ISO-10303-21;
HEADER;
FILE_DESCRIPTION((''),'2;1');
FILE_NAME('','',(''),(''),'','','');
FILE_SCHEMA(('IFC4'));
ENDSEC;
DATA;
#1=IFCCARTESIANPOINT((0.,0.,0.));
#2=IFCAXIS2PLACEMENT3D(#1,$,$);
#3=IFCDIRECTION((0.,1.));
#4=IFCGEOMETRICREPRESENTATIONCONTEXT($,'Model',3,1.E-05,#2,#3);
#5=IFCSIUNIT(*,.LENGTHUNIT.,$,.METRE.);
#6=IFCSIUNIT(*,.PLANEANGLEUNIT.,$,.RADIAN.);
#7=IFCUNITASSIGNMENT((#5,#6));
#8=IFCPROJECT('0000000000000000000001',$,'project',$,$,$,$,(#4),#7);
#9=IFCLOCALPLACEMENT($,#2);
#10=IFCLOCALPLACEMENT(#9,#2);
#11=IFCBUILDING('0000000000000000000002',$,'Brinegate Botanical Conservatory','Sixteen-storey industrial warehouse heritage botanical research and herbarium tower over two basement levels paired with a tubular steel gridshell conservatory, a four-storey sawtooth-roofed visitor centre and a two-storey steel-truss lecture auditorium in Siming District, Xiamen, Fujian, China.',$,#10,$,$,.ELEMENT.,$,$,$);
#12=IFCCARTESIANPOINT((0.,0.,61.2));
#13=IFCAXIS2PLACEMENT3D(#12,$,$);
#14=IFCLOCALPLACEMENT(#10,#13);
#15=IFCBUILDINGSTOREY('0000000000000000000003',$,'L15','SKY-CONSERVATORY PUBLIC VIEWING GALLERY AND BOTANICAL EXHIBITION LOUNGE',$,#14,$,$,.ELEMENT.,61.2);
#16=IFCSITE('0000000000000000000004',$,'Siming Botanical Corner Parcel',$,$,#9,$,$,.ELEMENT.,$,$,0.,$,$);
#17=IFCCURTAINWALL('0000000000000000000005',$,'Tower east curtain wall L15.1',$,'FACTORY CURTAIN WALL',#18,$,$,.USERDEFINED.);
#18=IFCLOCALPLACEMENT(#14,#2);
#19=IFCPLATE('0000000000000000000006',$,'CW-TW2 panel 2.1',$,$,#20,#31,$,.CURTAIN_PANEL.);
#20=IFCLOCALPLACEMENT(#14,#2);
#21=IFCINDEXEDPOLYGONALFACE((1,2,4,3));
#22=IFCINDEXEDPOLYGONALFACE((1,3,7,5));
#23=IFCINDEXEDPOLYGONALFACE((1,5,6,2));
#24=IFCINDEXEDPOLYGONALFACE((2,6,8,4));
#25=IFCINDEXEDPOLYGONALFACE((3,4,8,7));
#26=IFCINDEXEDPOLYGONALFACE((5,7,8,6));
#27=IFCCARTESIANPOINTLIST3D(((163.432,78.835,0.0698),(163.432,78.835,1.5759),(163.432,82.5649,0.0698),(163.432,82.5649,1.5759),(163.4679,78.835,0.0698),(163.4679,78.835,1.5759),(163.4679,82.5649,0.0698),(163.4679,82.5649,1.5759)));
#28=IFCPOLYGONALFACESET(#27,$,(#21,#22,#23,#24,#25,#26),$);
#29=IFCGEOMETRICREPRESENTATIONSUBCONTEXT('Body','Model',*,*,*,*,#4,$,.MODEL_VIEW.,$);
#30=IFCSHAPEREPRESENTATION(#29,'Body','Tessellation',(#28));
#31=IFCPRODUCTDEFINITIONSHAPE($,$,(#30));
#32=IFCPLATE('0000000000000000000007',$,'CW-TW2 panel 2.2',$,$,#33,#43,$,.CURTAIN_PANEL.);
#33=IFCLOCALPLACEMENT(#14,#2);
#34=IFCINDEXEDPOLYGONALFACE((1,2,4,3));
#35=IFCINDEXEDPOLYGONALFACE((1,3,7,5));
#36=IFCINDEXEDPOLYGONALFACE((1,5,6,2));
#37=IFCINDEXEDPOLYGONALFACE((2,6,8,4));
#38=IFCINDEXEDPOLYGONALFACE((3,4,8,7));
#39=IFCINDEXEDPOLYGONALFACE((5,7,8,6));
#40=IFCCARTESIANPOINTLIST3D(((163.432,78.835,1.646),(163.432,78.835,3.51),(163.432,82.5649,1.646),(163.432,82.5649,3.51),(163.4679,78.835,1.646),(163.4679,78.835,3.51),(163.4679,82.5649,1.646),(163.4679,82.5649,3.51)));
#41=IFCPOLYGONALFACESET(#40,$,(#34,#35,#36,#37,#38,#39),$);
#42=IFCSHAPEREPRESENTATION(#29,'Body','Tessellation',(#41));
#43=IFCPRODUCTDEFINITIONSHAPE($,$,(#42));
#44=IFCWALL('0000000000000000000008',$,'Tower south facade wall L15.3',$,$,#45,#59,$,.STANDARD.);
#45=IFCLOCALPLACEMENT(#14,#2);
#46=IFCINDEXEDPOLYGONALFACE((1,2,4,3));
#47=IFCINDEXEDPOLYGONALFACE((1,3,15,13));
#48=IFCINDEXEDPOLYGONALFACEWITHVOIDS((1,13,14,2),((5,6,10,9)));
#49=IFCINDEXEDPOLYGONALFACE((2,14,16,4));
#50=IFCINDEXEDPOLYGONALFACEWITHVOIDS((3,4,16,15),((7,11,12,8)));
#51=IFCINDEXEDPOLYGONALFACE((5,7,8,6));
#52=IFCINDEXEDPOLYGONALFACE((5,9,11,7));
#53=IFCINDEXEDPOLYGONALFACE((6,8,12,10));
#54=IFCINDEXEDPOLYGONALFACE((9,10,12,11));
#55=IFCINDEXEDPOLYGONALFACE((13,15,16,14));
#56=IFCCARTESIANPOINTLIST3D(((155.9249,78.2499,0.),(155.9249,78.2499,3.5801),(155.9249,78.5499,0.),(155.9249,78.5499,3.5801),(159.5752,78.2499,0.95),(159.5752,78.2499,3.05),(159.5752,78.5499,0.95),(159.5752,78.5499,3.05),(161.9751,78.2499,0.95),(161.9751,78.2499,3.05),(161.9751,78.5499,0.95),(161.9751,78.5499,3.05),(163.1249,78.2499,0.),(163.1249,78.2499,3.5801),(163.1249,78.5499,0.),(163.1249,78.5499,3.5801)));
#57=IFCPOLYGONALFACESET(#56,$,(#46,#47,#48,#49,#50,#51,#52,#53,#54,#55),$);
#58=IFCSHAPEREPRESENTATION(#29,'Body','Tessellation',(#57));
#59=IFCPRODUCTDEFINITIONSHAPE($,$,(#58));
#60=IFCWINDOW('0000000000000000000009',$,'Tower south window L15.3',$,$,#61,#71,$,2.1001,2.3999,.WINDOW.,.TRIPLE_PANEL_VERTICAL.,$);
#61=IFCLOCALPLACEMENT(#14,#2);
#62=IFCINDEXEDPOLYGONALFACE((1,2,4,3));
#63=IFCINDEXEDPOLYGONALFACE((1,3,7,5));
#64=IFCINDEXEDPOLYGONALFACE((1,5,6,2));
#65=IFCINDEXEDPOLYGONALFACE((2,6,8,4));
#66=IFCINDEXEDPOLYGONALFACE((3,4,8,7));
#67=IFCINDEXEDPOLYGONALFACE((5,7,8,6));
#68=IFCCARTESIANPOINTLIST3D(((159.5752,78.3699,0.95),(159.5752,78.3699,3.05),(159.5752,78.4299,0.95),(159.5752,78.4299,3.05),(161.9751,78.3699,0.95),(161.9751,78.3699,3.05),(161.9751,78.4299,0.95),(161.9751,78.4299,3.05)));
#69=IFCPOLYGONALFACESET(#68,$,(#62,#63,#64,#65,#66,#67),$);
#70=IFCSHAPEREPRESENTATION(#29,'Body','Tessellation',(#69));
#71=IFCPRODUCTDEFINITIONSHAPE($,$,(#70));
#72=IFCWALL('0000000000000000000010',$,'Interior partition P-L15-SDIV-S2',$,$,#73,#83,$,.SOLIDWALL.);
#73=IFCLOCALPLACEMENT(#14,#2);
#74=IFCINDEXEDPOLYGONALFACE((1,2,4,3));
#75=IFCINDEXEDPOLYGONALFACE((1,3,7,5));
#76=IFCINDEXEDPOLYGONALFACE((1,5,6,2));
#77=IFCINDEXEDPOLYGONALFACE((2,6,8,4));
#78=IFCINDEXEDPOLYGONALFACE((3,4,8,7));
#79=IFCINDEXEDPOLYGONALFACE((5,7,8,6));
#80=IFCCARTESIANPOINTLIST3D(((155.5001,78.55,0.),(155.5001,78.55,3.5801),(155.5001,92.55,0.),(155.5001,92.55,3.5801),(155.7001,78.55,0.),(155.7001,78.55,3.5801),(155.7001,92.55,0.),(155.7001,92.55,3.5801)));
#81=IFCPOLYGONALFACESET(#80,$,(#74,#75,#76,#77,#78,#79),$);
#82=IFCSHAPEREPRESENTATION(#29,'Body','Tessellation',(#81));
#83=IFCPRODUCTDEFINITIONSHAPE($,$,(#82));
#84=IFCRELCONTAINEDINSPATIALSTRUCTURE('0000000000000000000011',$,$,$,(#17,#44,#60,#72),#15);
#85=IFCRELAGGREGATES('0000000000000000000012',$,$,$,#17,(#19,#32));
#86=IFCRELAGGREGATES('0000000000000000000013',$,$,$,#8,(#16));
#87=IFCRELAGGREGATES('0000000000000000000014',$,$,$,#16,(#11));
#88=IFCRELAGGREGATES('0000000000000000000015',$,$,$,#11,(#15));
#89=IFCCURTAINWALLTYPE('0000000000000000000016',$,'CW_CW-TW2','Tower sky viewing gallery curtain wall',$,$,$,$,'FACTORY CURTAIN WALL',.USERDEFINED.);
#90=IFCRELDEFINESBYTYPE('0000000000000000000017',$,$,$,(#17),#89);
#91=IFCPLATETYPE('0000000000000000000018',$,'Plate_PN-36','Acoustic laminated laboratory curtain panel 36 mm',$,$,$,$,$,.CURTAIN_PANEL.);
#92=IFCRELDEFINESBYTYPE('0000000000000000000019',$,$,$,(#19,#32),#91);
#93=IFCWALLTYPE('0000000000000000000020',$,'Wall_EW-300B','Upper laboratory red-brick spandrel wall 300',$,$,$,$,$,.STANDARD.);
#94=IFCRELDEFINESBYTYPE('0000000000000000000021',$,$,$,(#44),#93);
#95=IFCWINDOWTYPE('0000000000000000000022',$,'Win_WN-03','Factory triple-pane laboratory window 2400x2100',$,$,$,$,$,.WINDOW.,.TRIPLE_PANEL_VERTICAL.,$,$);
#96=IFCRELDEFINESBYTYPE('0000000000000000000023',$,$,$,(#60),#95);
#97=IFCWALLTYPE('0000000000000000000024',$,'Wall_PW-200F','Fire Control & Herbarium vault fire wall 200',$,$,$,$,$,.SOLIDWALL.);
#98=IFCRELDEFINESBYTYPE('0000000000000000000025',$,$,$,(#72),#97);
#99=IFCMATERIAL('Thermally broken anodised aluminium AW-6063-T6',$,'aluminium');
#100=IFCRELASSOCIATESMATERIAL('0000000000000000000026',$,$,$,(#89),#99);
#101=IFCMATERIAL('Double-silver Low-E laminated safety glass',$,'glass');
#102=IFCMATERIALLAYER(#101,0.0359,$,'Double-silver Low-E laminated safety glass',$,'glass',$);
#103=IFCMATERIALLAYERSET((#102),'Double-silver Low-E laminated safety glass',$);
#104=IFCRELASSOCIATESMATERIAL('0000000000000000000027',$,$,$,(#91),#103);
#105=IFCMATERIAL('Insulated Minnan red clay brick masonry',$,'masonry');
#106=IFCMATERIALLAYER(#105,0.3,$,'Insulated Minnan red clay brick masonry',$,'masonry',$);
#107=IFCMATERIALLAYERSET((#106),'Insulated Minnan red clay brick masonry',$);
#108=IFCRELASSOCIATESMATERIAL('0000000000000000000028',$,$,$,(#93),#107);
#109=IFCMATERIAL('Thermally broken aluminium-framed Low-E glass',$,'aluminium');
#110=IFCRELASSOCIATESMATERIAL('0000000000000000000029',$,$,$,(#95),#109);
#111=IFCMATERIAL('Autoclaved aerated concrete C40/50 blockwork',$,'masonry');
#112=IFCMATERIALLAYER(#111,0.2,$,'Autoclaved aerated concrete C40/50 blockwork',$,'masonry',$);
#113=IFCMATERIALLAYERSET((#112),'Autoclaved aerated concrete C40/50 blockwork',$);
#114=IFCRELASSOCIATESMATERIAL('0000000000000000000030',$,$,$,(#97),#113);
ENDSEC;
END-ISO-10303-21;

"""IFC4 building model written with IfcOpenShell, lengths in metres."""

from ifc_helpers import new_model, si_unit, direction, frame, frame_2d, origin, origin_2d, place, context, subcontext, project, spatial, rectangle, extrude, material, layer, layer_set, type_object, element, fill, aggregate, save


model = new_model("IFC4")

# Units and contexts
model_context = context("Model", 3, precision=1e-05, world=origin(), true_north=direction((0.0, 1.0)))
body_context = subcontext(model_context, "Body", "Model", "MODEL_VIEW")
ifc_project = project(units=[si_unit("LENGTHUNIT", "METRE"), si_unit("PLANEANGLEUNIT", "RADIAN")], contexts=[model_context])

# Site, building, storey
site_placement = place(None, origin())
site = spatial("IfcSite", under=ifc_project, at=site_placement, Name="Siming Botanical Corner Parcel", CompositionType="ELEMENT", RefElevation=0.0)
building_placement = place(site_placement, origin())
building = spatial("IfcBuilding", under=site, at=building_placement, Name="Brinegate Botanical Conservatory", Description="Sixteen-storey industrial warehouse heritage botanical research and herbarium tower over two basement levels paired with a tubular steel gridshell conservatory, a four-storey sawtooth-roofed visitor centre and a two-storey steel-truss lecture auditorium in Siming District, Xiamen, Fujian, China.", CompositionType="ELEMENT")
storey_placement = place(building_placement, frame((0.0, 0.0, 61.2)))
storey = spatial("IfcBuildingStorey", under=building, at=storey_placement, Name="L15", Description="SKY-CONSERVATORY PUBLIC VIEWING GALLERY AND BOTANICAL EXHIBITION LOUNGE", CompositionType="ELEMENT", Elevation=61.2)

# Curtain wall
ifc_material_1 = material(Name="Thermally broken anodised aluminium AW-6063-T6", Category="aluminium")
curtain_wall_type = type_object("IfcCurtainWallType", Name="CW_CW-TW2", Description="Tower sky viewing gallery curtain wall", ElementType="FACTORY CURTAIN WALL", PredefinedType="USERDEFINED", material=ifc_material_1)
curtain_wall_1_placement = place(storey_placement, origin())
curtain_wall_1 = element("IfcCurtainWall", 1, at=curtain_wall_1_placement, inside=storey, type_object=curtain_wall_type, Name="Tower east curtain wall L15.1", ObjectType="FACTORY CURTAIN WALL", PredefinedType="USERDEFINED")

# Plates
ifc_material_2 = material(Name="Double-silver Low-E laminated safety glass", Category="glass")
ifc_layer_1 = layer(ifc_material_2, 0.0359, Name="Double-silver Low-E laminated safety glass", Category="glass")
ifc_layer_set_1 = layer_set([ifc_layer_1], Name="Double-silver Low-E laminated safety glass")
plate_type = type_object("IfcPlateType", Name="Plate_PN-36", Description="Acoustic laminated laboratory curtain panel 36 mm", PredefinedType="CURTAIN_PANEL", material=ifc_layer_set_1)
plate_1_placement = place(storey_placement, frame((163.45, 80.7, 0.0698), z_axis=(0.0, 0.0, 1.0), x_axis=(0.0, -1.0, 0.0)))
plate_1 = element("IfcPlate", 2, at=plate_1_placement, type_object=plate_type, Name="CW-TW2 panel 2.1", PredefinedType="CURTAIN_PANEL", context=body_context, shape_type="SweptSolid", body=[
    extrude(rectangle(XDim=3.73, YDim=0.0359, at=origin_2d()), origin(), (0.0, 0.0, 1.0), 1.5061),
])
plate_2_placement = place(storey_placement, frame((163.45, 80.7, 1.646), z_axis=(0.0, 0.0, 1.0), x_axis=(0.0, -1.0, 0.0)))
plate_2 = element("IfcPlate", 3, at=plate_2_placement, type_object=plate_type, Name="CW-TW2 panel 2.2", PredefinedType="CURTAIN_PANEL", context=body_context, shape_type="SweptSolid", body=[
    extrude(rectangle(XDim=3.73, YDim=0.0359, at=origin_2d()), origin(), (0.0, 0.0, 1.0), 1.864),
])
aggregate(curtain_wall_1, [plate_1, plate_2])

# Wall, opening, window
ifc_material_3 = material(Name="Insulated Minnan red clay brick masonry", Category="masonry")
ifc_layer_2 = layer(ifc_material_3, 0.3, Name="Insulated Minnan red clay brick masonry", Category="masonry")
ifc_layer_set_2 = layer_set([ifc_layer_2], Name="Insulated Minnan red clay brick masonry")
wall_type_1 = type_object("IfcWallType", Name="Wall_EW-300B", Description="Upper laboratory red-brick spandrel wall 300", PredefinedType="STANDARD", material=ifc_layer_set_2)
wall_1_placement = place(storey_placement, frame((163.125, 78.3999, 0.0), z_axis=(0.0, 0.0, 1.0), x_axis=(-1.0, 0.0, 0.0)))
wall_1 = element("IfcWall", 4, at=wall_1_placement, inside=storey, type_object=wall_type_1, Name="Tower south facade wall L15.3", PredefinedType="STANDARD", context=body_context, shape_type="SweptSolid", body=[
    extrude(rectangle(XDim=7.2, YDim=0.3, at=frame_2d((3.6001, 0.0))), origin(), (0.0, 0.0, 1.0), 3.5801),
])
opening_placement = place(wall_1_placement, frame((1.1499, 0.0, 0.95)))
opening = element("IfcOpeningElement", 5, at=opening_placement, cuts=wall_1, PredefinedType="OPENING", context=body_context, shape_type="SweptSolid", body=[
    extrude(rectangle(XDim=2.3999, YDim=2.1001, at=frame_2d((1.2, 1.05))), frame((0.0, 0.1599, 0.0), z_axis=(0.0, -1.0, 0.0), x_axis=(1.0, 0.0, 0.0)), (0.0, 0.0, 1.0), 0.3201),
])
ifc_material_4 = material(Name="Thermally broken aluminium-framed Low-E glass", Category="aluminium")
window_type = type_object("IfcWindowType", Name="Win_WN-03", Description="Factory triple-pane laboratory window 2400x2100", PartitioningType="TRIPLE_PANEL_VERTICAL", PredefinedType="WINDOW", material=ifc_material_4)
window_placement = place(opening_placement, origin())
window = element("IfcWindow", 6, at=window_placement, inside=storey, type_object=window_type, Name="Tower south window L15.3", OverallHeight=2.1001, OverallWidth=2.3999, PartitioningType="TRIPLE_PANEL_VERTICAL", PredefinedType="WINDOW", context=body_context, shape_type="SweptSolid", body=[
    extrude(rectangle(XDim=2.3999, YDim=2.1001, at=frame_2d((1.2, 1.05))), frame((0.0, 0.03, 0.0), z_axis=(0.0, -1.0, 0.0), x_axis=(1.0, 0.0, 0.0)), (0.0, 0.0, 1.0), 0.0601),
])
fill(opening, window)

# Wall
ifc_material_5 = material(Name="Autoclaved aerated concrete C40/50 blockwork", Category="masonry")
ifc_layer_3 = layer(ifc_material_5, 0.2, Name="Autoclaved aerated concrete C40/50 blockwork", Category="masonry")
ifc_layer_set_3 = layer_set([ifc_layer_3], Name="Autoclaved aerated concrete C40/50 blockwork")
wall_type_2 = type_object("IfcWallType", Name="Wall_PW-200F", Description="Fire Control & Herbarium vault fire wall 200", PredefinedType="SOLIDWALL", material=ifc_layer_set_3)
wall_2_placement = place(storey_placement, frame((155.6001, 78.55, 0.0), z_axis=(0.0, 0.0, 1.0), x_axis=(0.0, 1.0, 0.0)))
element("IfcWall", 7, at=wall_2_placement, inside=storey, type_object=wall_type_2, Name="Interior partition P-L15-SDIV-S2", PredefinedType="SOLIDWALL", context=body_context, shape_type="SweptSolid", body=[
    extrude(rectangle(XDim=14.0, YDim=0.2, at=frame_2d((7.0, 0.0))), origin(), (0.0, 0.0, 1.0), 3.5801),
])

save(model, "model.ifc")
